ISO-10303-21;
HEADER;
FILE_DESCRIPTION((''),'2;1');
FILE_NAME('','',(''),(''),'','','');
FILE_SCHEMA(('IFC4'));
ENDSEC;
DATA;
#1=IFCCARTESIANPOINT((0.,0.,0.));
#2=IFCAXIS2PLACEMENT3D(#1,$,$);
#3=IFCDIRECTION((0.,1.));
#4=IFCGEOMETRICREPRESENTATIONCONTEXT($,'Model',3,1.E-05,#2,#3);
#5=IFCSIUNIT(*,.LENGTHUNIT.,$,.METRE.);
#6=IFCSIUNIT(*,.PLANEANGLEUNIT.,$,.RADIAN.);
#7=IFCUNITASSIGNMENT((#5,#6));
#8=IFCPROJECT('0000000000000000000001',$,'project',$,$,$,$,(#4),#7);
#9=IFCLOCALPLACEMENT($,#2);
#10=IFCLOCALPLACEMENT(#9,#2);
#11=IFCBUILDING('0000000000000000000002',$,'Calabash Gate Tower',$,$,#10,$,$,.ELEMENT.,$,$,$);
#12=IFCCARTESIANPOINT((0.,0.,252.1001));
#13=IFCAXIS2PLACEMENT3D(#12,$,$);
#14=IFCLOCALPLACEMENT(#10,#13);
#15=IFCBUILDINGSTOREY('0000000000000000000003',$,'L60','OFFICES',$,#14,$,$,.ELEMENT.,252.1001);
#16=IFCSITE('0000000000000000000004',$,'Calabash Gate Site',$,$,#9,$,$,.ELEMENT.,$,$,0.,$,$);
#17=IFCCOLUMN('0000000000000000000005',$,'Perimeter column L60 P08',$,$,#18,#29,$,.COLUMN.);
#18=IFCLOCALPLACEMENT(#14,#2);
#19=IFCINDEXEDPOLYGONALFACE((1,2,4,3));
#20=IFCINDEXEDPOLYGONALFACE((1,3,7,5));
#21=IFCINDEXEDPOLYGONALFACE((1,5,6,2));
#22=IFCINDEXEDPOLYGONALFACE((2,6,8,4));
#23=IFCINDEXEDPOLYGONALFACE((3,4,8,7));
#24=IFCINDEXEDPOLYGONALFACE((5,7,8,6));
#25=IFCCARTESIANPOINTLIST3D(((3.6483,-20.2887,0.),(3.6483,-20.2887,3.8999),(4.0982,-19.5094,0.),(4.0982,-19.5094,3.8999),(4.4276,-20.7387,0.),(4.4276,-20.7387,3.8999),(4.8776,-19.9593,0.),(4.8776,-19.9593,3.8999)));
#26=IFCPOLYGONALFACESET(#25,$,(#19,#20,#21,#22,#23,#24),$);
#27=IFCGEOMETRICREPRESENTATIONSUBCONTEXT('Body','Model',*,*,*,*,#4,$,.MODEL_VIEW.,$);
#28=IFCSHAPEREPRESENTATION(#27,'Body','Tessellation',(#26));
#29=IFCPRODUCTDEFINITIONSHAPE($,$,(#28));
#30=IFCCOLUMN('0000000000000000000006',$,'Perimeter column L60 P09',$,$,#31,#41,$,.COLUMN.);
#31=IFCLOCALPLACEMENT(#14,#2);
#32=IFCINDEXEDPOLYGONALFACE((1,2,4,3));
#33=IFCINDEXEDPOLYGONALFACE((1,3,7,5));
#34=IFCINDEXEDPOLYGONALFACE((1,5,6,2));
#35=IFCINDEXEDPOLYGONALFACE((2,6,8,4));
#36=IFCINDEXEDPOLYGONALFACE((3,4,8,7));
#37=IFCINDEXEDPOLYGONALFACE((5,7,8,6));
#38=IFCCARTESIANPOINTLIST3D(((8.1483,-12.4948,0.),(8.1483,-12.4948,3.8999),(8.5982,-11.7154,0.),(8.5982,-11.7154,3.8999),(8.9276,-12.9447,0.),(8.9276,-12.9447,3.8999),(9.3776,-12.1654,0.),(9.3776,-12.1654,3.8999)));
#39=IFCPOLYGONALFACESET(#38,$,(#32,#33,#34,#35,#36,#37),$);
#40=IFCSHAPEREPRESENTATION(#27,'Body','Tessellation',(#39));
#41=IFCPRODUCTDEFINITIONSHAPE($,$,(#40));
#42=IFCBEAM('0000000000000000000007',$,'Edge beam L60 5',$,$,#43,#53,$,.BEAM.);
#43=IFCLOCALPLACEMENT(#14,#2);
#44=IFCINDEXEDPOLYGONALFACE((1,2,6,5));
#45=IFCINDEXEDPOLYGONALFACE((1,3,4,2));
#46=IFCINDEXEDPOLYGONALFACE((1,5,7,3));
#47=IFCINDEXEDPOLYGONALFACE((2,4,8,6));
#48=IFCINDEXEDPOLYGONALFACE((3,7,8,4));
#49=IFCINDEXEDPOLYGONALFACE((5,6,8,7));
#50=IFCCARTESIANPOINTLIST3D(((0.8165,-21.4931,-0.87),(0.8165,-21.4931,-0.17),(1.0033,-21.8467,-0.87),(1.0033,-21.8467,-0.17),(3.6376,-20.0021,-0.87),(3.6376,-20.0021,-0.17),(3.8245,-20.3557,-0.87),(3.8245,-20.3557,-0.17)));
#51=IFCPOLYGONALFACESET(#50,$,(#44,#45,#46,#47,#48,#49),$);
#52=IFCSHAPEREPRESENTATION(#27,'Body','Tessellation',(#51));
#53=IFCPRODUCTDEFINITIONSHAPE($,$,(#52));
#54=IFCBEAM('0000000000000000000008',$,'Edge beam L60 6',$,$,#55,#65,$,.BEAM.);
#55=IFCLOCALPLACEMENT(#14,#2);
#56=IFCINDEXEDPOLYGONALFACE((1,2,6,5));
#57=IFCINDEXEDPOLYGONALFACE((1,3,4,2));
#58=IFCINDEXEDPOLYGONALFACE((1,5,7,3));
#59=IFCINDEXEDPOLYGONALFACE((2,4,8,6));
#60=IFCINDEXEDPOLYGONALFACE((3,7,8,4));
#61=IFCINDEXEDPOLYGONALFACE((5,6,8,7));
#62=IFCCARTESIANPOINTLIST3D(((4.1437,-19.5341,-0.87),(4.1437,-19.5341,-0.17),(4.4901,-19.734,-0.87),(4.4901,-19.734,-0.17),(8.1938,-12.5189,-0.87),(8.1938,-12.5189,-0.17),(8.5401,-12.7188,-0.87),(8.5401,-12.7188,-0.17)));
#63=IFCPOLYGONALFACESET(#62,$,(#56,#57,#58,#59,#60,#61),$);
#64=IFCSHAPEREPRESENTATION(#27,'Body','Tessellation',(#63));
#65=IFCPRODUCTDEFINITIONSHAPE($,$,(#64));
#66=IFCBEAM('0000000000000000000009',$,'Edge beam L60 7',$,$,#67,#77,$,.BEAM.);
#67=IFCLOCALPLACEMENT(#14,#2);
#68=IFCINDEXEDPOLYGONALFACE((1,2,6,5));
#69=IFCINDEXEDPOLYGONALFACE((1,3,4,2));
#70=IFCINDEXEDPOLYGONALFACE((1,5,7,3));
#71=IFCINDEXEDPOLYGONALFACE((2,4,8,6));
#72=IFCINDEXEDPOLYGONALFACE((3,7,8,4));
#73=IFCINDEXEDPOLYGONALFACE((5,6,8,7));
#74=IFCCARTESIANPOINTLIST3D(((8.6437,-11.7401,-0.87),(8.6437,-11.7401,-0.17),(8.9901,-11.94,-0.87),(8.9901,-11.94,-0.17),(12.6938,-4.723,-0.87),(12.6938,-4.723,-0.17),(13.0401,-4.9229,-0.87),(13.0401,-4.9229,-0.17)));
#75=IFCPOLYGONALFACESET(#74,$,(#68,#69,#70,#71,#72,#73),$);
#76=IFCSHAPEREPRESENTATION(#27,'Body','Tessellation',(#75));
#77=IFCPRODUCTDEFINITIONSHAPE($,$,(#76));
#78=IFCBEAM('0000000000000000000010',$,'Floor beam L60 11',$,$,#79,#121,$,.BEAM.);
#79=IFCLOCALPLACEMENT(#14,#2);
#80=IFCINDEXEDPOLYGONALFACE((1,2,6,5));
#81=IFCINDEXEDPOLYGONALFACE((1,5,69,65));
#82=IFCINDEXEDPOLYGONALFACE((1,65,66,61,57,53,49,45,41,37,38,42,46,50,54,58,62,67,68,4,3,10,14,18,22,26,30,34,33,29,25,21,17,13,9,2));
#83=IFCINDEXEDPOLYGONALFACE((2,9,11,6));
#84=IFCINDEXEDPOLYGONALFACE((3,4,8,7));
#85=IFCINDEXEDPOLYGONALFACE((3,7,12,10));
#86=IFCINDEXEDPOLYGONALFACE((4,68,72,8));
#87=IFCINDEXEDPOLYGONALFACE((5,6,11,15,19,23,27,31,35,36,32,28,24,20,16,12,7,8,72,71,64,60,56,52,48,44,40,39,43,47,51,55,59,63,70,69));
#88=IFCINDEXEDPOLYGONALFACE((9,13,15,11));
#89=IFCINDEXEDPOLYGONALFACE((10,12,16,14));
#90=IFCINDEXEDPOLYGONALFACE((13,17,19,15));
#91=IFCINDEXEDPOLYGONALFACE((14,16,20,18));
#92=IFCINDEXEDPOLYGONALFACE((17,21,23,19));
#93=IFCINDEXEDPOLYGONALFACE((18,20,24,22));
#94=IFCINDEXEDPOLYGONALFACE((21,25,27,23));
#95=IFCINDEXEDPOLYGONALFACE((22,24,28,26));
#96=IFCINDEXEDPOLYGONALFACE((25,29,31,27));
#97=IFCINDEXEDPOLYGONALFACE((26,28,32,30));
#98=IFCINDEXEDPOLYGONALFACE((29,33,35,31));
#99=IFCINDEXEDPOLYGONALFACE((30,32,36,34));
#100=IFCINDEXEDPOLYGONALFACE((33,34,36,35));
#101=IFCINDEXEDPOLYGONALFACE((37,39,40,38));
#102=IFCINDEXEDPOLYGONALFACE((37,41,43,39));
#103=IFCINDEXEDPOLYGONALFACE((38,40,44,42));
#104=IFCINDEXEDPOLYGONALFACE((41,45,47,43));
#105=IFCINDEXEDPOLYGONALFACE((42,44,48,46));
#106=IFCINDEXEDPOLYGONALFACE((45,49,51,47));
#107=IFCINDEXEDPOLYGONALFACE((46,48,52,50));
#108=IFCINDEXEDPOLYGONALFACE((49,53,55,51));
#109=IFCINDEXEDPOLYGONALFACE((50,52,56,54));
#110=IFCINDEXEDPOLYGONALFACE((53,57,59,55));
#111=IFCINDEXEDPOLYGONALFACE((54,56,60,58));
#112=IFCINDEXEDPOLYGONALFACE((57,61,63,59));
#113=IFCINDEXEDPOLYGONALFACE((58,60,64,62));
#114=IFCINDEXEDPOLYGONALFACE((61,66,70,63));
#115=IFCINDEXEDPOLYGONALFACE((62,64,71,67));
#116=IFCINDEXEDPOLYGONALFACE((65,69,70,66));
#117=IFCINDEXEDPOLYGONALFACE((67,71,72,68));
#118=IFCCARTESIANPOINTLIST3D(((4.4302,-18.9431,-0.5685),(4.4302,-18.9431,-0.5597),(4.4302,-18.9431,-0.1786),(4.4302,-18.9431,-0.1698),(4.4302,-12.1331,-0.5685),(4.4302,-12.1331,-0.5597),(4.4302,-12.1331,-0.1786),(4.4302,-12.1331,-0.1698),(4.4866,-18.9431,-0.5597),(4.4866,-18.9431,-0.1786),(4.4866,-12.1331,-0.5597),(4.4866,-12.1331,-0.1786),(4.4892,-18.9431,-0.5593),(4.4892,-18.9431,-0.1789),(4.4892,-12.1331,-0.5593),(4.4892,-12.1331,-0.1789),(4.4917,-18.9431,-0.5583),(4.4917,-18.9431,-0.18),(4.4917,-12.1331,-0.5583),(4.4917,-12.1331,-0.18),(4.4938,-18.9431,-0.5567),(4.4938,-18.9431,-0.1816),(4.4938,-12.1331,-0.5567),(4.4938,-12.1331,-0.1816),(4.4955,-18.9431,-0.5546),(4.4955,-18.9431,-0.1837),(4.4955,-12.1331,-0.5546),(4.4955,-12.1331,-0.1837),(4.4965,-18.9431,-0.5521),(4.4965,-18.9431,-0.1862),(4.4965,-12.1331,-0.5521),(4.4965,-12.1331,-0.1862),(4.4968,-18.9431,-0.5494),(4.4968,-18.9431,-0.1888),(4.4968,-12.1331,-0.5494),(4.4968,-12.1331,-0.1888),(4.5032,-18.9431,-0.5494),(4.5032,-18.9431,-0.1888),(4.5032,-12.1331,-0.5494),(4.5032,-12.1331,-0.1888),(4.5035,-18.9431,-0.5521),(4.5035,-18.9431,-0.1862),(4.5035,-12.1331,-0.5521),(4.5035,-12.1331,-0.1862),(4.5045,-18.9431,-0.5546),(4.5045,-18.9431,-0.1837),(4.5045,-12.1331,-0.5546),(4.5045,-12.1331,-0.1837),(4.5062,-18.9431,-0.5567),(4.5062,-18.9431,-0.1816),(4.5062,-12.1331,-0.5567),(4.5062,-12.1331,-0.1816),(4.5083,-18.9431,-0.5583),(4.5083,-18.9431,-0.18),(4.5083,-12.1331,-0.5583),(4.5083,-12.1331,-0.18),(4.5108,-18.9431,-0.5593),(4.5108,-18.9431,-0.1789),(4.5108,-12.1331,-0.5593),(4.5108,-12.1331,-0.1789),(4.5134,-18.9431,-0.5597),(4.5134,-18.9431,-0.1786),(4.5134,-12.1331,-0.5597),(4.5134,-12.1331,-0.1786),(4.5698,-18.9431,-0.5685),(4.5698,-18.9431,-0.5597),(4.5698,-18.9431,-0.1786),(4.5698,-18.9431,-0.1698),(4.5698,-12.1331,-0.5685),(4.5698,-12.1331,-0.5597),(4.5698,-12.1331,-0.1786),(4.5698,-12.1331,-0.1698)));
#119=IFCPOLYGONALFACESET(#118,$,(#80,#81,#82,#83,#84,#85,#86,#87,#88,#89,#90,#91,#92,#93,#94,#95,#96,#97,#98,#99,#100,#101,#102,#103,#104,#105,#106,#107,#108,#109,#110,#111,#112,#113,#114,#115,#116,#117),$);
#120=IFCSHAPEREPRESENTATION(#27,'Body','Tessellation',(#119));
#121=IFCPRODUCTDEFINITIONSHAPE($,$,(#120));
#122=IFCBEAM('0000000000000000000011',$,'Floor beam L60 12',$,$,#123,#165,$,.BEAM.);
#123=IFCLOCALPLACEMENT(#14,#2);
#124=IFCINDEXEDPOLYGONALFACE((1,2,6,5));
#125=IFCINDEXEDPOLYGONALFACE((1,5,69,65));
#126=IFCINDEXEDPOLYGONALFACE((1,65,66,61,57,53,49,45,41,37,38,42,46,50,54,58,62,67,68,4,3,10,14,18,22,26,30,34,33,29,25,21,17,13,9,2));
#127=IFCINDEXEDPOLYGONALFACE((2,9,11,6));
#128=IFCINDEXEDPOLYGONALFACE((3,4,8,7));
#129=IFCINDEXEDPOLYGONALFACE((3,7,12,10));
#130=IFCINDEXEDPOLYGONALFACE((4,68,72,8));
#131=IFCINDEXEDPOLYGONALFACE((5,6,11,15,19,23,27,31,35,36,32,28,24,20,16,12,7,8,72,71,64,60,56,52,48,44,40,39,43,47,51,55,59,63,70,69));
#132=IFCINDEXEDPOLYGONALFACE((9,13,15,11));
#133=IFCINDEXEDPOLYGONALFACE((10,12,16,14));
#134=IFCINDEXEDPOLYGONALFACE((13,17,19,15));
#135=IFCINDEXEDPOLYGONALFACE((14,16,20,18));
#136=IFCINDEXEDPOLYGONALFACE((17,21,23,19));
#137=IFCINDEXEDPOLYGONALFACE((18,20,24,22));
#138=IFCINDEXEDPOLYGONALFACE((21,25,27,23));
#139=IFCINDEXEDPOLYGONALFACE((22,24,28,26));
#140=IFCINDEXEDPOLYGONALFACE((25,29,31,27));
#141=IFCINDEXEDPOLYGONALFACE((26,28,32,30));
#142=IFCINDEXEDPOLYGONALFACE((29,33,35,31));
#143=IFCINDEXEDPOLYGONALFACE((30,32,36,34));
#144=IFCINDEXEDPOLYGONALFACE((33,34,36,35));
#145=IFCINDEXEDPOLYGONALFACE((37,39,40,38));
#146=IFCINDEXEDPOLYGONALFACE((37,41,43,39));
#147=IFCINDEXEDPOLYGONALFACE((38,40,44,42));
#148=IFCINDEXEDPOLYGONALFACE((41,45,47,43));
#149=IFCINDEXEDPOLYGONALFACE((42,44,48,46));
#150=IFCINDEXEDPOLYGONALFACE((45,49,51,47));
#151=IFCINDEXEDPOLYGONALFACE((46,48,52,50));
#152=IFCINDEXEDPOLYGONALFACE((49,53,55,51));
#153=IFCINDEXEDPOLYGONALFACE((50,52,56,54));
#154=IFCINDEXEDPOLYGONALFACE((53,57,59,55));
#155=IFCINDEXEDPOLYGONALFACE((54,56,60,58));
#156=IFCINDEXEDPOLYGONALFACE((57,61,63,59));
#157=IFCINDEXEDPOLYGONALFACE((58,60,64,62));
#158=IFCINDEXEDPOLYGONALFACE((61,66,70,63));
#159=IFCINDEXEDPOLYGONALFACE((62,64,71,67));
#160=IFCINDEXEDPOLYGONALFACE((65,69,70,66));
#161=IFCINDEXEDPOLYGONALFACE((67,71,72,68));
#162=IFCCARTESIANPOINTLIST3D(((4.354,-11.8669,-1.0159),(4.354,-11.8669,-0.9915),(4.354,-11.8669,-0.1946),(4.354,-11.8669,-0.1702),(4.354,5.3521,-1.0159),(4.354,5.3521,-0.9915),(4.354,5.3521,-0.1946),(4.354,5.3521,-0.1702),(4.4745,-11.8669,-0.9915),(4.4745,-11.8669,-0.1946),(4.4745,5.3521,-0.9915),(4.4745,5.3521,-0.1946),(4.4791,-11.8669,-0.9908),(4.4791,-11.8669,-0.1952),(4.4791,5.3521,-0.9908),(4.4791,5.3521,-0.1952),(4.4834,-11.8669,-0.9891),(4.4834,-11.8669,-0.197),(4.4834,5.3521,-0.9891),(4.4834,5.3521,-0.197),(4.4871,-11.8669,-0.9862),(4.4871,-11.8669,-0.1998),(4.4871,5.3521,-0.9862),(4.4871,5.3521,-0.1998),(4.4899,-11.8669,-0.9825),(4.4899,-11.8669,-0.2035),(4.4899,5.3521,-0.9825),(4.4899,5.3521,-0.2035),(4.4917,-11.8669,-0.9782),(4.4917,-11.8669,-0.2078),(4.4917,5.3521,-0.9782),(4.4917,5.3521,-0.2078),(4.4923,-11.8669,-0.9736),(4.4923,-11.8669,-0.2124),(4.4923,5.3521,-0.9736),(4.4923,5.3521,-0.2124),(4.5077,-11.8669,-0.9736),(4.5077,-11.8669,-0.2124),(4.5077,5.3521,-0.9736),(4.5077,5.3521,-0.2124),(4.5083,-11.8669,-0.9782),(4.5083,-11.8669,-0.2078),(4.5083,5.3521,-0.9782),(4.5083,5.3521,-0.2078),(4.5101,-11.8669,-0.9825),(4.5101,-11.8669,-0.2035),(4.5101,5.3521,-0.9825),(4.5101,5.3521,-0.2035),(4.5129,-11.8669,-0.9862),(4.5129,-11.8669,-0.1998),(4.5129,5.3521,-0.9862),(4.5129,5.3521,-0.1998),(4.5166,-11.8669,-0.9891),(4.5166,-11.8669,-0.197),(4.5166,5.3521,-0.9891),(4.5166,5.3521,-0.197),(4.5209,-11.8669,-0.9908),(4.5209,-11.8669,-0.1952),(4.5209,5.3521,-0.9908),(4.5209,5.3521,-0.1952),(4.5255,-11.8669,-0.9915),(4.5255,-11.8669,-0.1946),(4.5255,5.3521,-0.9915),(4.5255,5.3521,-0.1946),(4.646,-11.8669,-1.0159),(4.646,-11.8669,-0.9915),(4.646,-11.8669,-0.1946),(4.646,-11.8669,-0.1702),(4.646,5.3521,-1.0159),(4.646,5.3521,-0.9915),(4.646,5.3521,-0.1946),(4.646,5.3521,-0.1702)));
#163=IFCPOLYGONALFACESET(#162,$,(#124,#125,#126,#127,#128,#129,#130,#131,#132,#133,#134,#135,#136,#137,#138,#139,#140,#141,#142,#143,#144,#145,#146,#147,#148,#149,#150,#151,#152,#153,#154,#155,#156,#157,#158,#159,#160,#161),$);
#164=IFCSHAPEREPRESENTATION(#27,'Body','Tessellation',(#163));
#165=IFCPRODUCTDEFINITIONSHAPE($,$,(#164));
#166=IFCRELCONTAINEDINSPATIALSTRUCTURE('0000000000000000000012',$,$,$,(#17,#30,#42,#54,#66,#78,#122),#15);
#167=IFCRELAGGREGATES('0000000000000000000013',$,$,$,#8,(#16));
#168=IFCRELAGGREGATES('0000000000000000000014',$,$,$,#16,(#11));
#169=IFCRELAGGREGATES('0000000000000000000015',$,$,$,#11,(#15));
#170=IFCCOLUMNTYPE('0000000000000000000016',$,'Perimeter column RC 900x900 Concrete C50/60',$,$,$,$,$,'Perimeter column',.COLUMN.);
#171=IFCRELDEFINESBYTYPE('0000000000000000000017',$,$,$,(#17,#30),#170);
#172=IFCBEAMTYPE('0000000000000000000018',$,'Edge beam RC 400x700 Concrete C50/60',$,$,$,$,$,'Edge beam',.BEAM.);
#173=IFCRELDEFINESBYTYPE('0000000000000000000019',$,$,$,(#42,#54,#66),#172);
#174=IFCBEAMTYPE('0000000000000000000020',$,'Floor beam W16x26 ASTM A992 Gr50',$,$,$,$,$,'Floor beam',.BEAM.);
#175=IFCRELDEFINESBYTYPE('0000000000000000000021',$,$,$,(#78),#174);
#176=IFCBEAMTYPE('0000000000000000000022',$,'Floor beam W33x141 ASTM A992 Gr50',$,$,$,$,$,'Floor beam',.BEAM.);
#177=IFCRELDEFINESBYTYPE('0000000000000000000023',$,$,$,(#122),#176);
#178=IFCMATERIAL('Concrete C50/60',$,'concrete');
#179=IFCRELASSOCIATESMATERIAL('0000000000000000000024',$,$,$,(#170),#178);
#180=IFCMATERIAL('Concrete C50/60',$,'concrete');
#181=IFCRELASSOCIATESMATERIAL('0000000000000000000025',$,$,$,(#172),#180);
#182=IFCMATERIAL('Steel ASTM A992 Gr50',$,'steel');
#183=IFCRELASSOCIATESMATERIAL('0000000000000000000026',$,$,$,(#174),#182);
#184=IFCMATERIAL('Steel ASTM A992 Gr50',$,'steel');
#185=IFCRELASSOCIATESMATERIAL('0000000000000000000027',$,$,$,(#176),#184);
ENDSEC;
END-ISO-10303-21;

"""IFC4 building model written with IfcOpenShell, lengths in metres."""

from ifc_helpers import new_model, si_unit, direction, frame, origin, origin_2d, place, context, subcontext, project, spatial, rectangle, i_section, extrude, material, material_profile, profile_set, type_object, element, save


model = new_model("IFC4")

# Units and contexts
model_context = context("Model", 3, precision=1e-05, world=origin(), true_north=direction((0.0, 1.0)))
body_context = subcontext(model_context, "Body", "Model", "MODEL_VIEW")
ifc_project = project(units=[si_unit("LENGTHUNIT", "METRE"), si_unit("PLANEANGLEUNIT", "RADIAN")], contexts=[model_context])

# Site, building, storey
site_placement = place(None, origin())
site = spatial("IfcSite", under=ifc_project, at=site_placement, Name="Calabash Gate Site", CompositionType="ELEMENT", RefElevation=0.0)
building_placement = place(site_placement, origin())
building = spatial("IfcBuilding", under=site, at=building_placement, Name="Calabash Gate Tower", CompositionType="ELEMENT")
storey_placement = place(building_placement, frame((0.0, 0.0, 252.1001)))
storey = spatial("IfcBuildingStorey", under=building, at=storey_placement, Name="L60", Description="OFFICES", CompositionType="ELEMENT", Elevation=252.1001)

# Columns
ifc_material_1 = material(Name="Concrete C50/60", Category="concrete")
ifc_material_profile_1 = material_profile(ifc_material_1, rectangle(XDim=0.8999, YDim=0.8999, at=origin_2d()))
ifc_profile_set_1 = profile_set([ifc_material_profile_1], Name="Concrete C50/60")
column_type = type_object("IfcColumnType", Name="Perimeter column RC 900x900 Concrete C50/60", ElementType="Perimeter column", PredefinedType="COLUMN", material=ifc_profile_set_1)
for number, where, z_axis, x_axis, name in (
    (1, (4.2629, -20.124, 0.0), (0.0, 0.0, 1.0), (0.5, 0.866025, 0.0), "Perimeter column L60 P08"),
    (2, (8.7629, -12.3301, 0.0), (0.0, 0.0, 1.0), (0.5, 0.866025, 0.0), "Perimeter column L60 P09"),
):
    element("IfcColumn", number, at=place(storey_placement, frame(where, z_axis=z_axis, x_axis=x_axis)), inside=storey, type_object=column_type, Name=name, PredefinedType="COLUMN", context=body_context, shape_type="SweptSolid", body=[
        extrude(rectangle(XDim=0.8999, YDim=0.8999, at=origin_2d()), origin(), (0.0, 0.0, 1.0), 3.8999),
    ])

# Beams
ifc_material_2 = material(Name="Concrete C50/60", Category="concrete")
ifc_material_profile_2 = material_profile(ifc_material_2, rectangle(XDim=0.3999, YDim=0.7, at=origin_2d()))
ifc_profile_set_2 = profile_set([ifc_material_profile_2], Name="Concrete C50/60")
beam_type_1 = type_object("IfcBeamType", Name="Edge beam RC 400x700 Concrete C50/60", ElementType="Edge beam", PredefinedType="BEAM", material=ifc_profile_set_2)
beam_1_placement = place(storey_placement, frame((0.9099, -21.6699, -0.52), z_axis=(0.884115, 0.467269, 0.0), x_axis=(-0.467269, 0.884115, 0.0)))
element("IfcBeam", 3, at=beam_1_placement, inside=storey, type_object=beam_type_1, Name="Edge beam L60 5", PredefinedType="BEAM", context=body_context, shape_type="SweptSolid", body=[
    extrude(rectangle(XDim=0.3999, YDim=0.7, at=origin_2d()), origin(), (0.0, 0.0, 1.0), 3.1909),
])
beam_2_placement = place(storey_placement, frame((4.3169, -19.634, -0.52), z_axis=(0.499987, 0.866033, 0.0), x_axis=(-0.866033, 0.499987, 0.0)))
element("IfcBeam", 4, at=beam_2_placement, inside=storey, type_object=beam_type_1, Name="Edge beam L60 6", PredefinedType="BEAM", context=body_context, shape_type="SweptSolid", body=[
    extrude(rectangle(XDim=0.3999, YDim=0.7, at=origin_2d()), origin(), (0.0, 0.0, 1.0), 8.1003),
])
beam_3_placement = place(storey_placement, frame((8.8169, -11.8401, -0.52), z_axis=(0.499882, 0.866093, 0.0), x_axis=(-0.866093, 0.499882, 0.0)))
element("IfcBeam", 5, at=beam_3_placement, inside=storey, type_object=beam_type_1, Name="Edge beam L60 7", PredefinedType="BEAM", context=body_context, shape_type="SweptSolid", body=[
    extrude(rectangle(XDim=0.3999, YDim=0.7, at=origin_2d()), origin(), (0.0, 0.0, 1.0), 8.1021),
])
ifc_material_3 = material(Name="Steel ASTM A992 Gr50", Category="steel")
ifc_material_profile_3 = material_profile(ifc_material_3, i_section(OverallWidth=0.1396, OverallDepth=0.3987, WebThickness=0.0063, FlangeThickness=0.0088, FilletRadius=0.0103, at=origin_2d()))
ifc_profile_set_3 = profile_set([ifc_material_profile_3], Name="Steel ASTM A992 Gr50")
beam_type_2 = type_object("IfcBeamType", Name="Floor beam W16x26 ASTM A992 Gr50", ElementType="Floor beam", PredefinedType="BEAM", material=ifc_profile_set_3)
beam_4_placement = place(storey_placement, frame((4.5, -18.9431, -0.3691), z_axis=(0.0, 1.0, 0.0), x_axis=(-1.0, 0.0, 0.0)))
element("IfcBeam", 6, at=beam_4_placement, inside=storey, type_object=beam_type_2, Name="Floor beam L60 11", PredefinedType="BEAM", context=body_context, shape_type="SweptSolid", body=[
    extrude(i_section(OverallWidth=0.1396, OverallDepth=0.3987, WebThickness=0.0063, FlangeThickness=0.0088, FilletRadius=0.0103, at=origin_2d()), origin(), (0.0, 0.0, 1.0), 6.8101),
])
ifc_material_4 = material(Name="Steel ASTM A992 Gr50", Category="steel")
ifc_material_profile_4 = material_profile(ifc_material_4, i_section(OverallWidth=0.292, OverallDepth=0.8457, WebThickness=0.0154, FlangeThickness=0.0244, FilletRadius=0.0178, at=origin_2d()))
ifc_profile_set_4 = profile_set([ifc_material_profile_4], Name="Steel ASTM A992 Gr50")
beam_type_3 = type_object("IfcBeamType", Name="Floor beam W33x141 ASTM A992 Gr50", ElementType="Floor beam", PredefinedType="BEAM", material=ifc_profile_set_4)
beam_5_placement = place(storey_placement, frame((4.5, -11.8669, -0.593), z_axis=(0.0, 1.0, 0.0), x_axis=(-1.0, 0.0, 0.0)))
element("IfcBeam", 7, at=beam_5_placement, inside=storey, type_object=beam_type_3, Name="Floor beam L60 12", PredefinedType="BEAM", context=body_context, shape_type="SweptSolid", body=[
    extrude(i_section(OverallWidth=0.292, OverallDepth=0.8457, WebThickness=0.0154, FlangeThickness=0.0244, FilletRadius=0.0178, at=origin_2d()), origin(), (0.0, 0.0, 1.0), 17.219),
])

save(model, "model.ifc")
